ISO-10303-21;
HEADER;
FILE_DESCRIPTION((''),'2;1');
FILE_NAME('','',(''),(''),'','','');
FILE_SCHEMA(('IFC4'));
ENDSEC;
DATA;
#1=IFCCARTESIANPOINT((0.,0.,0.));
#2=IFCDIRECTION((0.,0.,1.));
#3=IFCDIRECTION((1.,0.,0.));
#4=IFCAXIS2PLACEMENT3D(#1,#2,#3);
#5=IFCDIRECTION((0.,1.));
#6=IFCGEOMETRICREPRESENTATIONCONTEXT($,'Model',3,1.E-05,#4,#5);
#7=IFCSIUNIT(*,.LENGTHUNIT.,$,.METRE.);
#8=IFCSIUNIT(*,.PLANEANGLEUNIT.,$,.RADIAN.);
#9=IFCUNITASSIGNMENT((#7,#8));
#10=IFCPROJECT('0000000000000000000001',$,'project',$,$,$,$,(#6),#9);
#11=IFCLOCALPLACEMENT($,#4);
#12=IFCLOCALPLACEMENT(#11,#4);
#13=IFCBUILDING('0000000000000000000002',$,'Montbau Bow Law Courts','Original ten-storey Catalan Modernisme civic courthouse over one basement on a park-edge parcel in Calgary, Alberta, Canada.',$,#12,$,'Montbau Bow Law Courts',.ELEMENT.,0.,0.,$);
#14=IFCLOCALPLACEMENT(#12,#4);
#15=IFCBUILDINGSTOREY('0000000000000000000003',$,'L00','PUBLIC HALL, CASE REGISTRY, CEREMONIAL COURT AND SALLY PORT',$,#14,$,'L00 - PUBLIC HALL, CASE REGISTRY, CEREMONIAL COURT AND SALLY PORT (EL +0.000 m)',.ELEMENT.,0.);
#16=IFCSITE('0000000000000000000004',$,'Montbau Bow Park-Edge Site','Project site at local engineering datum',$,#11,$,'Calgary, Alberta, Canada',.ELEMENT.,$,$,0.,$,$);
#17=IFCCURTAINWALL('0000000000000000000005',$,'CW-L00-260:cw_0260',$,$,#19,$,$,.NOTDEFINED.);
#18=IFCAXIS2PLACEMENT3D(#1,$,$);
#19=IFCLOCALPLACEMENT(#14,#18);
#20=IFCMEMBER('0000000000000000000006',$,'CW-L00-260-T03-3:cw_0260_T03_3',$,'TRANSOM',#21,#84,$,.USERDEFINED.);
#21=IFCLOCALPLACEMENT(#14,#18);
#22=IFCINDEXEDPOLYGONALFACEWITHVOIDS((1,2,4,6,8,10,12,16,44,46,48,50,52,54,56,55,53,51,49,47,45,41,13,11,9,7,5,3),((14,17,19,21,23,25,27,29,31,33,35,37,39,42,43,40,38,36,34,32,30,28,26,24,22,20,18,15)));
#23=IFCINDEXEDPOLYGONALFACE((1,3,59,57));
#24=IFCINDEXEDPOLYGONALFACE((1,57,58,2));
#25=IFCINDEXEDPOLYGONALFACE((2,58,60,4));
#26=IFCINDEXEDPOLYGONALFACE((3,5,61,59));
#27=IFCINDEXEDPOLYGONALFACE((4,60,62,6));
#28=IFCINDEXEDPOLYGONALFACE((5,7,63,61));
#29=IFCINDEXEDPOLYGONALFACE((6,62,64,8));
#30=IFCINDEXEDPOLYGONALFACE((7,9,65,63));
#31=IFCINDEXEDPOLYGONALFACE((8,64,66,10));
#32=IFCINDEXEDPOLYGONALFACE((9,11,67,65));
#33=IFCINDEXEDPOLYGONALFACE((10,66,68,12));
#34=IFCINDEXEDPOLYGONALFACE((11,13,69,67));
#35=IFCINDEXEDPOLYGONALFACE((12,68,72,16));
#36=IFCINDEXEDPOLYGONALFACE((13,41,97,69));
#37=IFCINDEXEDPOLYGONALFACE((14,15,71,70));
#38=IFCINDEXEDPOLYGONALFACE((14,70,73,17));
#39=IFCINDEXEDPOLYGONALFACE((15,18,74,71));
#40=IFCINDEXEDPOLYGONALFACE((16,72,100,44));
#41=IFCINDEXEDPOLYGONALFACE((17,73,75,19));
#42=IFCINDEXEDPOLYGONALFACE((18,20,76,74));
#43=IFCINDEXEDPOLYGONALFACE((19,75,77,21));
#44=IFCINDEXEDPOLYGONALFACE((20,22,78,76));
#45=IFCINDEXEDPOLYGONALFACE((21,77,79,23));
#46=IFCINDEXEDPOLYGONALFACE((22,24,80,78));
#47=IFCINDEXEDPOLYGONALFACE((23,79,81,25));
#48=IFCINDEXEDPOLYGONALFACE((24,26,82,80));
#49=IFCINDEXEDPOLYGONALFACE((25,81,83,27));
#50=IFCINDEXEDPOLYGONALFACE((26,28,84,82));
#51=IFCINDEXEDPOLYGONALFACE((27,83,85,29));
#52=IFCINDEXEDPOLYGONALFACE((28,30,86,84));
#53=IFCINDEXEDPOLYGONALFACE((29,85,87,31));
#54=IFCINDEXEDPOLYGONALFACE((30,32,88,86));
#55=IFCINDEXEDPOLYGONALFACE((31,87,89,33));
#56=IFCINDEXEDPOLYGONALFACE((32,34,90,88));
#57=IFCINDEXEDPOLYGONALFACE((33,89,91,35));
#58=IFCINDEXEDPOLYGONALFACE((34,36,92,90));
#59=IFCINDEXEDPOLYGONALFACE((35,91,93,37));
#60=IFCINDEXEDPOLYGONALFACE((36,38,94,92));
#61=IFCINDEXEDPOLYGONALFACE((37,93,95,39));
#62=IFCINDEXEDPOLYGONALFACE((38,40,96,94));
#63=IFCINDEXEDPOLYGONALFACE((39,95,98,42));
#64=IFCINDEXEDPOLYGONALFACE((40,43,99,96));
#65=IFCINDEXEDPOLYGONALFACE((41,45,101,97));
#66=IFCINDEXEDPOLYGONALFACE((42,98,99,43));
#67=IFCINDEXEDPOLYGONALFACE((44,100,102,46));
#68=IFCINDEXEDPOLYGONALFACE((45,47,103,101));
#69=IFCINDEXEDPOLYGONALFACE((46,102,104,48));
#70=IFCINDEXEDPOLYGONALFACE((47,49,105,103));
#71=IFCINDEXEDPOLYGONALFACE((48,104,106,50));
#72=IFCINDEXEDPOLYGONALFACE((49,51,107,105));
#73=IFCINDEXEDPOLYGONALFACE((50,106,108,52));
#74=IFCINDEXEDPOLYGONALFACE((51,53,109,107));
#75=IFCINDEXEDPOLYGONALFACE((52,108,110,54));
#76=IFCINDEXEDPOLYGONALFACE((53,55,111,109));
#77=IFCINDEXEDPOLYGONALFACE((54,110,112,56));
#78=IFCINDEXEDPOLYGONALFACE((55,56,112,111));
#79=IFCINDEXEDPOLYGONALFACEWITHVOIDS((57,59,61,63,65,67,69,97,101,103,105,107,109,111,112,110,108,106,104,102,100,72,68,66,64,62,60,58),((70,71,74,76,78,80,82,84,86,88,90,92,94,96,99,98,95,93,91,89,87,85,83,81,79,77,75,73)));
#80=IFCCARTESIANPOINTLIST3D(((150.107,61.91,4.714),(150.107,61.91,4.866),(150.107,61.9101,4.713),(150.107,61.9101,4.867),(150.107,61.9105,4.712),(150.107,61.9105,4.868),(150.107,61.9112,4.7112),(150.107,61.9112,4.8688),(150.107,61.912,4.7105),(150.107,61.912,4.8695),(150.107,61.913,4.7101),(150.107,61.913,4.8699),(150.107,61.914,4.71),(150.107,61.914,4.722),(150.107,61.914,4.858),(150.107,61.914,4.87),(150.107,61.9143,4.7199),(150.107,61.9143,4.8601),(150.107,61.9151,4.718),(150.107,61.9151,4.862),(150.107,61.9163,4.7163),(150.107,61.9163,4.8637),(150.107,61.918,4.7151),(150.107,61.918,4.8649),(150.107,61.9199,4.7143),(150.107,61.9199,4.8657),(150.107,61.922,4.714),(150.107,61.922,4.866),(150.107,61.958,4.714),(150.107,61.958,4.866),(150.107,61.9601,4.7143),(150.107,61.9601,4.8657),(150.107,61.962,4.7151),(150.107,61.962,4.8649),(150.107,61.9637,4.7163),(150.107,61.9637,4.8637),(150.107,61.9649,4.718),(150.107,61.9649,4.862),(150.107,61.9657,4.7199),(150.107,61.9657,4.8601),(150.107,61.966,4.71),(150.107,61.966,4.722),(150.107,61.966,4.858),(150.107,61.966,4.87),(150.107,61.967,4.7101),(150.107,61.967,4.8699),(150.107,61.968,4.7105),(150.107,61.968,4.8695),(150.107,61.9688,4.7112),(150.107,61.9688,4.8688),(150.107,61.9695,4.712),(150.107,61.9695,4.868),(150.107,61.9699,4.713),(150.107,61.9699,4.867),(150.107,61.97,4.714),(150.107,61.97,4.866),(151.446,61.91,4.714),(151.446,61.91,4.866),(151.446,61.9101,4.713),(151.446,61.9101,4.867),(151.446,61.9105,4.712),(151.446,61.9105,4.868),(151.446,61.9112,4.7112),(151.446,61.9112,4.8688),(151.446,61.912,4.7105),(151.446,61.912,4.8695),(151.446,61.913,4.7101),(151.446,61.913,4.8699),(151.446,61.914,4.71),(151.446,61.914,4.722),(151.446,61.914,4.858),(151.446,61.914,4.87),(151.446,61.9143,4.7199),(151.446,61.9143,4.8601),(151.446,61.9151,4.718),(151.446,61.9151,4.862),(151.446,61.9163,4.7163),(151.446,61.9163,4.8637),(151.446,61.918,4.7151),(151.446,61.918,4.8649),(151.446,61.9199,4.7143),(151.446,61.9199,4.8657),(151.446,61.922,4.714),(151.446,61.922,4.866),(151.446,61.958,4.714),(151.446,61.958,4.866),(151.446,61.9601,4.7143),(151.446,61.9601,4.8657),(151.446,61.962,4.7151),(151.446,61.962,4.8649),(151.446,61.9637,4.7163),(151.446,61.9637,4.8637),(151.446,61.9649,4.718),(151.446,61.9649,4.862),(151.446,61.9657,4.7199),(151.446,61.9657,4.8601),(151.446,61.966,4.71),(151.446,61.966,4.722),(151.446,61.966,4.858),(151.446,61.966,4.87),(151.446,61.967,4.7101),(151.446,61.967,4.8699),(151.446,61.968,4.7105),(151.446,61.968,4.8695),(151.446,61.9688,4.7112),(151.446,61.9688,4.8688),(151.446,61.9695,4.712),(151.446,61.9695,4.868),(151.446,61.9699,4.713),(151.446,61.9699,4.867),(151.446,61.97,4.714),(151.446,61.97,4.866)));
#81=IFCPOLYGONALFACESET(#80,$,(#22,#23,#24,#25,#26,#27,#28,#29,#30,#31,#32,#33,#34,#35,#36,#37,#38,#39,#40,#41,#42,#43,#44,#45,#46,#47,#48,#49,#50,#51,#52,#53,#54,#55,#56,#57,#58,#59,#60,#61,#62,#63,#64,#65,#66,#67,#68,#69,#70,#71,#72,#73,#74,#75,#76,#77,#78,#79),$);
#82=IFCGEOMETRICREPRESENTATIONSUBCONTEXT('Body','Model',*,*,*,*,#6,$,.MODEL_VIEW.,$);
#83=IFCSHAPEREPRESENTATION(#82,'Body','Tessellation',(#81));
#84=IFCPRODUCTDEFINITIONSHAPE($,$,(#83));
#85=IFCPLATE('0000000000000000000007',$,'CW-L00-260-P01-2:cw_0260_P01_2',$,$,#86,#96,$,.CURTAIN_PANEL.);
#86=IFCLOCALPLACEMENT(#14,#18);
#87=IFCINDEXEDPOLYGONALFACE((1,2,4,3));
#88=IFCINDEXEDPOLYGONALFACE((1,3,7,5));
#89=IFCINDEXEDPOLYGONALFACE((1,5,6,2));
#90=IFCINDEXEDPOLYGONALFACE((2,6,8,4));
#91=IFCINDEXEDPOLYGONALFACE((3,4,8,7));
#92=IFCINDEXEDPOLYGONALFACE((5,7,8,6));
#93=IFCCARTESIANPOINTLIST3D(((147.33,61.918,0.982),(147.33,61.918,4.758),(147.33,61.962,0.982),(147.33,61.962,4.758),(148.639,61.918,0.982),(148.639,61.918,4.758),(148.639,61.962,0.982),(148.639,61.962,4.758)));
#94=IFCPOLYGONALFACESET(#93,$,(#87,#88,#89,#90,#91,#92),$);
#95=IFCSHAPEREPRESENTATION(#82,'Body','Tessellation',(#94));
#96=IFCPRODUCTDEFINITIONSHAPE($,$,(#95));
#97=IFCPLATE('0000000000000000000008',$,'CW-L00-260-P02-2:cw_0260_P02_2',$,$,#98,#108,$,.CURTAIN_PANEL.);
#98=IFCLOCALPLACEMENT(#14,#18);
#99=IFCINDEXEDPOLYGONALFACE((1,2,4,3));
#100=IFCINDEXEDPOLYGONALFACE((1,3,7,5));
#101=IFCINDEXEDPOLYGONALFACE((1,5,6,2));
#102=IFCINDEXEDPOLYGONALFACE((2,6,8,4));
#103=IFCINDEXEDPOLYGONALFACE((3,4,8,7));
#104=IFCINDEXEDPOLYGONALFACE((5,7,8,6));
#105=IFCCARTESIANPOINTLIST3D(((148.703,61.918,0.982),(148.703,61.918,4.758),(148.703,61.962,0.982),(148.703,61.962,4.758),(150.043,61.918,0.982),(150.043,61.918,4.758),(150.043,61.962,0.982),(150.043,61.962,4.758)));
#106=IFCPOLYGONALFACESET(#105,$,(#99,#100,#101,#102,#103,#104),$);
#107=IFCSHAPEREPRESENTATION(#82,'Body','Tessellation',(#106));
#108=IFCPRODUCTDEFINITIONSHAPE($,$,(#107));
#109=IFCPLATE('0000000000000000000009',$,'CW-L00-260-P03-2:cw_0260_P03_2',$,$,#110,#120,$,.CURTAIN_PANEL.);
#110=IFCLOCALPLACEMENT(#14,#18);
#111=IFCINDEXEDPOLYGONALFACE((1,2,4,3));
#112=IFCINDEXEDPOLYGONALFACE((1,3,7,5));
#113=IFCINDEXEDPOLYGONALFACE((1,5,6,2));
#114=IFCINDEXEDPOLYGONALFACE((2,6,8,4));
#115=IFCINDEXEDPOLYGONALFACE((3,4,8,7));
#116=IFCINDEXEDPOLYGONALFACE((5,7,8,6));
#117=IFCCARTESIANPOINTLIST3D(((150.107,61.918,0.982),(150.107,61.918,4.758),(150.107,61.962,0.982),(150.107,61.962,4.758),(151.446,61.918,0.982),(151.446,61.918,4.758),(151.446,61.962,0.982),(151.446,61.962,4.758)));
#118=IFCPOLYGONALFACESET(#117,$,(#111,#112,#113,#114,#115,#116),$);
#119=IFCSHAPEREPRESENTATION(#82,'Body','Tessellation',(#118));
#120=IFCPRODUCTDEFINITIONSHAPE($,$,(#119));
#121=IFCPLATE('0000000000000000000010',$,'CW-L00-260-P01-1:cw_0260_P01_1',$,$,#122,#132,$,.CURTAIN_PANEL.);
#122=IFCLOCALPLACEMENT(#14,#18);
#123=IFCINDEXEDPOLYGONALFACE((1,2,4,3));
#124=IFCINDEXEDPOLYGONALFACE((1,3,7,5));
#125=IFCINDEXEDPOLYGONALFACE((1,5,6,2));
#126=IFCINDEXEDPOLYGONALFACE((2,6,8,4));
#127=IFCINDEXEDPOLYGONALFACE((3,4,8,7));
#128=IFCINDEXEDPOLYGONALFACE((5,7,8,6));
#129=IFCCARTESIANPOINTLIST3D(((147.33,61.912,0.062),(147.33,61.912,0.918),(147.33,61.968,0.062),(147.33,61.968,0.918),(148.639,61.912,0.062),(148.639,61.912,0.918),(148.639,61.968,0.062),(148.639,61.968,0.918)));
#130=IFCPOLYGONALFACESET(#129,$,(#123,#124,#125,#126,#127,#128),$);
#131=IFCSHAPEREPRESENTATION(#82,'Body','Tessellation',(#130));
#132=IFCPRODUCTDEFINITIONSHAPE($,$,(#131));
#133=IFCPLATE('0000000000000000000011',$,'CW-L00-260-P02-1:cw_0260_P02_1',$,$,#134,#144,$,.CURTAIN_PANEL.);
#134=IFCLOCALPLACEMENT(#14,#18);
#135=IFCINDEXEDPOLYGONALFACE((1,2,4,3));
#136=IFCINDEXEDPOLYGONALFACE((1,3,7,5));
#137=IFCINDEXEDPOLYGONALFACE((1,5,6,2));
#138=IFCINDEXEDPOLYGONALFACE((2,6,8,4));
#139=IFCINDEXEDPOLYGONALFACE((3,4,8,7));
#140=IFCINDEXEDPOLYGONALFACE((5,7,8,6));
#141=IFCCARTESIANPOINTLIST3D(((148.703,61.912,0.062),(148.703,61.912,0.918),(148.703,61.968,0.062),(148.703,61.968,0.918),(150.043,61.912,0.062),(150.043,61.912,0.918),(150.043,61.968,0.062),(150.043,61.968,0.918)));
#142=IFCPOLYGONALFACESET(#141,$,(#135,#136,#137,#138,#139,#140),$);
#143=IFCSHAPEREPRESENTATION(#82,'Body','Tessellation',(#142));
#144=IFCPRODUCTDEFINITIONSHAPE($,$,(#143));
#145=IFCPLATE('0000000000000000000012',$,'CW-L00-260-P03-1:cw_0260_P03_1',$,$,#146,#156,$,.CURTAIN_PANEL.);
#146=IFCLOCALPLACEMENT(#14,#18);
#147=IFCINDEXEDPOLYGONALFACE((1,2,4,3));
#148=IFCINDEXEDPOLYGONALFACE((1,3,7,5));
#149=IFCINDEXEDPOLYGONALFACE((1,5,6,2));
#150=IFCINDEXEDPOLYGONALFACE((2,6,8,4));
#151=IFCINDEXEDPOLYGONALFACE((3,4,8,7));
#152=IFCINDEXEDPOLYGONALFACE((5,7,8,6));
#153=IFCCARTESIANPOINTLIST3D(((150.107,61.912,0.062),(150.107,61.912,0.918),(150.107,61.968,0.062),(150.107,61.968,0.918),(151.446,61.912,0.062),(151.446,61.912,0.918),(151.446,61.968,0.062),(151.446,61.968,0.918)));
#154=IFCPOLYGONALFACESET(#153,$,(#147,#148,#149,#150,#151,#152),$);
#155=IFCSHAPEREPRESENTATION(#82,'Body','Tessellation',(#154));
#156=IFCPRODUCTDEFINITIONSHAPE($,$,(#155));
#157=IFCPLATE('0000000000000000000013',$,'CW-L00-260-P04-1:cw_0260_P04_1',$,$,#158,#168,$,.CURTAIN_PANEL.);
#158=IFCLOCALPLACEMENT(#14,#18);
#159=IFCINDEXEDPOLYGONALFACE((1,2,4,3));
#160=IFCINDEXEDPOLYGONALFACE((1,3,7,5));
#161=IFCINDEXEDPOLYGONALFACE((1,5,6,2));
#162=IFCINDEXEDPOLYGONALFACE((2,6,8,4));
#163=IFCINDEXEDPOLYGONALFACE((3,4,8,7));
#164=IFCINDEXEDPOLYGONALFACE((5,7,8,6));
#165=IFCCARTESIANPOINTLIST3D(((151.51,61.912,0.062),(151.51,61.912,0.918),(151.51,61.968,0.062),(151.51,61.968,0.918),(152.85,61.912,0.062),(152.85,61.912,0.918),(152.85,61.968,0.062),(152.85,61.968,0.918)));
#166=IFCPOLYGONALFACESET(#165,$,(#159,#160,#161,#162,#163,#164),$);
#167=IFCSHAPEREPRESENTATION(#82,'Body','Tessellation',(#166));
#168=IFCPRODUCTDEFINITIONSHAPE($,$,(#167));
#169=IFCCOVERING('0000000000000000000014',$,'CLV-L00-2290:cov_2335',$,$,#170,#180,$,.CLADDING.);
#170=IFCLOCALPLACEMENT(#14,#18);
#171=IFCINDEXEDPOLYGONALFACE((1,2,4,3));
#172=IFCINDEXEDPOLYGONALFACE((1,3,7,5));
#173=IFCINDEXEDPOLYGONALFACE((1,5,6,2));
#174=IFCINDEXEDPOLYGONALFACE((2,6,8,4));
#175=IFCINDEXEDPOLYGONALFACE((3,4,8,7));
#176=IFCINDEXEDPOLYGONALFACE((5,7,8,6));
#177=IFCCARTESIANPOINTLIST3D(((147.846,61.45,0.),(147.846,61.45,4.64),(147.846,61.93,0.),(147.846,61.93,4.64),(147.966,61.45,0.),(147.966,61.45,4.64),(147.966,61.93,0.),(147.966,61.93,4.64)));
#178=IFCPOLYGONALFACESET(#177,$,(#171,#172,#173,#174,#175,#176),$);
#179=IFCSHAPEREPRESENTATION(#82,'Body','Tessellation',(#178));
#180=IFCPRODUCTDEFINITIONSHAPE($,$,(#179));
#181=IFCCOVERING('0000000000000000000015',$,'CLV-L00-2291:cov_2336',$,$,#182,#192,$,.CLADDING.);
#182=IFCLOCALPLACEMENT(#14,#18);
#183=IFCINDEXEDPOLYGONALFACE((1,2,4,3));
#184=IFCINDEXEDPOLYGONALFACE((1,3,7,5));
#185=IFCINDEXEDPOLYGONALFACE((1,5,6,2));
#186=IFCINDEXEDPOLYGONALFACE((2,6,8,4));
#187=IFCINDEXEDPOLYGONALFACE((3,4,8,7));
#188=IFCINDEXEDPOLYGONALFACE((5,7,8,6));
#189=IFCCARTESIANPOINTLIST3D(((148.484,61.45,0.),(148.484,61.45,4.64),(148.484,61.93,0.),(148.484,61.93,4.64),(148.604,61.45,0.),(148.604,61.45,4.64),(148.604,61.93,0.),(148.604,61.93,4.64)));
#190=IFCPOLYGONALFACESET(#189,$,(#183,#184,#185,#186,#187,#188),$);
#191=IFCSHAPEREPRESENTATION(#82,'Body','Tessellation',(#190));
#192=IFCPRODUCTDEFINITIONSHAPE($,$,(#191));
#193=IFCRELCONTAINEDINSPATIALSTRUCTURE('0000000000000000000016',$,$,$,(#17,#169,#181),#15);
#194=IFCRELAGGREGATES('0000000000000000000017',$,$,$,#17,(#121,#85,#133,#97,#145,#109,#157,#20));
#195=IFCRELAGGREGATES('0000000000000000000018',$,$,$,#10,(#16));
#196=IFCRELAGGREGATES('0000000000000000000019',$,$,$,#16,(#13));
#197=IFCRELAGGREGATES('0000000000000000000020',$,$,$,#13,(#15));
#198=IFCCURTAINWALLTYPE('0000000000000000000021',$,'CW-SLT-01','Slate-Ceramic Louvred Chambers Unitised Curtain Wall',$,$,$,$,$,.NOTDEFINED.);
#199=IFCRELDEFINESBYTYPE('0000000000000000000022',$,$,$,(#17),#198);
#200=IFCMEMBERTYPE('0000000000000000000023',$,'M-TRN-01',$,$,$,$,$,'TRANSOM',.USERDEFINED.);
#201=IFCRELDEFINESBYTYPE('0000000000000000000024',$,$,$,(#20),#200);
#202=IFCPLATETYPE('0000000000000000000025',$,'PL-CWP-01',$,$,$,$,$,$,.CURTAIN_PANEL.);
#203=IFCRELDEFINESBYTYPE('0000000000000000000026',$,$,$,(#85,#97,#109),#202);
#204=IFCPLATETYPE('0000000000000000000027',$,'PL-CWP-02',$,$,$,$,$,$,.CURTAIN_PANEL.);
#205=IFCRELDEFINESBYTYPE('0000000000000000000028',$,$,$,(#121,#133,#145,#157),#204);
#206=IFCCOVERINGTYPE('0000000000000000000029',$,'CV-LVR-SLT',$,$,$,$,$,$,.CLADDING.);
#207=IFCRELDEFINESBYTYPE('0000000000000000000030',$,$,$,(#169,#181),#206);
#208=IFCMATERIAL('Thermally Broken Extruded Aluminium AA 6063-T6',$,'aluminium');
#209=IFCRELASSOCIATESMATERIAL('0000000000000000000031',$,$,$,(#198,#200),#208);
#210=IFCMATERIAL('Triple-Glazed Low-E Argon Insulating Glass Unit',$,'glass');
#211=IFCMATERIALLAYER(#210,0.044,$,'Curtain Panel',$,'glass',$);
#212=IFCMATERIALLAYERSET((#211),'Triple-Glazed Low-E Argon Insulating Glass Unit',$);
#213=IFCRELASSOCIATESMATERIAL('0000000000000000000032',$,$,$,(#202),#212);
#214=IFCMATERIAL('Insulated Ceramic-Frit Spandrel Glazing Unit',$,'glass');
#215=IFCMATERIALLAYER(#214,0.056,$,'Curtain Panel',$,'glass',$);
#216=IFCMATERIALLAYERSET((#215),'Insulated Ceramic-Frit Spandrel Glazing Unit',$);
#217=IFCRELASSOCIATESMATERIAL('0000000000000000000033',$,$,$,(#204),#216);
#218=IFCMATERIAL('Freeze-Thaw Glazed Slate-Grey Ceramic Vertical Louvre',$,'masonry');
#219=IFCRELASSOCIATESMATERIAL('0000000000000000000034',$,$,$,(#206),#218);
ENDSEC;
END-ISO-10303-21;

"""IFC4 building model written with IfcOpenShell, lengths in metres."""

from ifc_helpers import new_model, si_unit, direction, frame, frame_2d, origin_with_axes, origin_2d_with_axis, place, context, subcontext, project, spatial, rectangle, hollow_rectangle, extrude, material, layer, layer_set, material_profile, profile_set, type_object, element, aggregate, save


model = new_model("IFC4")

# Units and contexts
model_context = context("Model", 3, precision=1e-05, world=origin_with_axes(), true_north=direction((0.0, 1.0)))
body_context = subcontext(model_context, "Body", "Model", "MODEL_VIEW")
ifc_project = project(units=[si_unit("LENGTHUNIT", "METRE"), si_unit("PLANEANGLEUNIT", "RADIAN")], contexts=[model_context])

# Site, building, storey
site_placement = place(None, origin_with_axes())
site = spatial("IfcSite", under=ifc_project, at=site_placement, Name="Montbau Bow Park-Edge Site", Description="Project site at local engineering datum", LongName="Calgary, Alberta, Canada", CompositionType="ELEMENT", RefElevation=0.0)
building_placement = place(site_placement, origin_with_axes())
building = spatial("IfcBuilding", under=site, at=building_placement, Name="Montbau Bow Law Courts", Description="Original ten-storey Catalan Modernisme civic courthouse over one basement on a park-edge parcel in Calgary, Alberta, Canada.", LongName="Montbau Bow Law Courts", CompositionType="ELEMENT", ElevationOfRefHeight=0.0, ElevationOfTerrain=0.0)
storey_placement = place(building_placement, origin_with_axes())
storey = spatial("IfcBuildingStorey", under=building, at=storey_placement, Name="L00", Description="PUBLIC HALL, CASE REGISTRY, CEREMONIAL COURT AND SALLY PORT", LongName="L00 - PUBLIC HALL, CASE REGISTRY, CEREMONIAL COURT AND SALLY PORT (EL +0.000 m)", CompositionType="ELEMENT", Elevation=0.0)

# Curtain wall, member, plates
ifc_material_1 = material(Name="Thermally Broken Extruded Aluminium AA 6063-T6", Category="aluminium")
curtain_wall_type = type_object("IfcCurtainWallType", Name="CW-SLT-01", Description="Slate-Ceramic Louvred Chambers Unitised Curtain Wall", PredefinedType="NOTDEFINED", material=ifc_material_1)
curtain_wall_placement = place(None, frame((147.268, 61.94, 0.0), z_axis=(0.0, 0.0, 1.0), x_axis=(1.0, 0.0, 0.0)))
curtain_wall = element("IfcCurtainWall", 1, at=curtain_wall_placement, inside=storey, type_object=curtain_wall_type, Name="CW-L00-260:cw_0260", PredefinedType="NOTDEFINED")
ifc_material_profile_1 = material_profile(ifc_material_1, hollow_rectangle(XDim=0.06, YDim=0.16, WallThickness=0.004, InnerFilletRadius=0.008, OuterFilletRadius=0.004, at=origin_2d_with_axis()), Name="CWT-160X60", Category="Main", Priority=0)
ifc_profile_set_1 = profile_set([ifc_material_profile_1], Name="Thermally Broken Extruded Aluminium AA 6063-T6")
member_type_1 = type_object("IfcMemberType", Name="M-TRN-01", ElementType="TRANSOM", PredefinedType="USERDEFINED", material=ifc_profile_set_1)
member_1_placement = place(None, frame((150.107, 61.94, 4.79), z_axis=(1.0, 0.0, 0.0), x_axis=(0.0, 1.0, 0.0)))
member_1 = element("IfcMember", 2, at=member_1_placement, type_object=member_type_1, Name="CW-L00-260-T03-3:cw_0260_T03_3", ObjectType="TRANSOM", PredefinedType="USERDEFINED", context=body_context, shape_type="SweptSolid", body=[
    extrude(hollow_rectangle(XDim=0.06, YDim=0.16, WallThickness=0.004, InnerFilletRadius=0.008, OuterFilletRadius=0.004, at=origin_2d_with_axis()), origin_with_axes(), (0.0, 0.0, 1.0), 1.339),
])
ifc_material_2 = material(Name="Triple-Glazed Low-E Argon Insulating Glass Unit", Category="glass")
ifc_layer_1 = layer(ifc_material_2, 0.044, Name="Curtain Panel", Category="glass")
ifc_layer_set_1 = layer_set([ifc_layer_1], Name="Triple-Glazed Low-E Argon Insulating Glass Unit")
plate_type_1 = type_object("IfcPlateType", Name="PL-CWP-01", PredefinedType="CURTAIN_PANEL", material=ifc_layer_set_1)
plate_1_placement = place(None, frame((147.33, 61.94, 0.982), z_axis=(0.0, -1.0, 0.0), x_axis=(1.0, 0.0, 0.0)))
plate_1 = element("IfcPlate", 3, at=plate_1_placement, type_object=plate_type_1, Name="CW-L00-260-P01-2:cw_0260_P01_2", PredefinedType="CURTAIN_PANEL", context=body_context, shape_type="SweptSolid", body=[
    extrude(rectangle(XDim=1.309, YDim=3.776, at=frame_2d((0.6545, 1.888), x_axis=(1.0, 0.0))), frame((0.0, 0.0, -0.022), z_axis=(0.0, 0.0, 1.0), x_axis=(1.0, 0.0, 0.0)), (0.0, 0.0, 1.0), 0.044),
])
plate_2_placement = place(None, frame((148.703, 61.94, 0.982), z_axis=(0.0, -1.0, 0.0), x_axis=(1.0, 0.0, 0.0)))
plate_2 = element("IfcPlate", 4, at=plate_2_placement, type_object=plate_type_1, Name="CW-L00-260-P02-2:cw_0260_P02_2", PredefinedType="CURTAIN_PANEL", context=body_context, shape_type="SweptSolid", body=[
    extrude(rectangle(XDim=1.34, YDim=3.776, at=frame_2d((0.67, 1.888), x_axis=(1.0, 0.0))), frame((0.0, 0.0, -0.022), z_axis=(0.0, 0.0, 1.0), x_axis=(1.0, 0.0, 0.0)), (0.0, 0.0, 1.0), 0.044),
])
plate_3_placement = place(None, frame((150.107, 61.94, 0.982), z_axis=(0.0, -1.0, 0.0), x_axis=(1.0, 0.0, 0.0)))
plate_3 = element("IfcPlate", 5, at=plate_3_placement, type_object=plate_type_1, Name="CW-L00-260-P03-2:cw_0260_P03_2", PredefinedType="CURTAIN_PANEL", context=body_context, shape_type="SweptSolid", body=[
    extrude(rectangle(XDim=1.339, YDim=3.776, at=frame_2d((0.6695, 1.888), x_axis=(1.0, 0.0))), frame((0.0, 0.0, -0.022), z_axis=(0.0, 0.0, 1.0), x_axis=(1.0, 0.0, 0.0)), (0.0, 0.0, 1.0), 0.044),
])
ifc_material_3 = material(Name="Insulated Ceramic-Frit Spandrel Glazing Unit", Category="glass")
ifc_layer_2 = layer(ifc_material_3, 0.056, Name="Curtain Panel", Category="glass")
ifc_layer_set_2 = layer_set([ifc_layer_2], Name="Insulated Ceramic-Frit Spandrel Glazing Unit")
plate_type_2 = type_object("IfcPlateType", Name="PL-CWP-02", PredefinedType="CURTAIN_PANEL", material=ifc_layer_set_2)
plate_4_placement = place(None, frame((147.33, 61.94, 0.062), z_axis=(0.0, -1.0, 0.0), x_axis=(1.0, 0.0, 0.0)))
plate_4 = element("IfcPlate", 6, at=plate_4_placement, type_object=plate_type_2, Name="CW-L00-260-P01-1:cw_0260_P01_1", PredefinedType="CURTAIN_PANEL", context=body_context, shape_type="SweptSolid", body=[
    extrude(rectangle(XDim=1.309, YDim=0.856, at=frame_2d((0.6545, 0.428), x_axis=(1.0, 0.0))), frame((0.0, 0.0, -0.028), z_axis=(0.0, 0.0, 1.0), x_axis=(1.0, 0.0, 0.0)), (0.0, 0.0, 1.0), 0.056),
])
plate_5_placement = place(None, frame((148.703, 61.94, 0.062), z_axis=(0.0, -1.0, 0.0), x_axis=(1.0, 0.0, 0.0)))
plate_5 = element("IfcPlate", 7, at=plate_5_placement, type_object=plate_type_2, Name="CW-L00-260-P02-1:cw_0260_P02_1", PredefinedType="CURTAIN_PANEL", context=body_context, shape_type="SweptSolid", body=[
    extrude(rectangle(XDim=1.34, YDim=0.856, at=frame_2d((0.67, 0.428), x_axis=(1.0, 0.0))), frame((0.0, 0.0, -0.028), z_axis=(0.0, 0.0, 1.0), x_axis=(1.0, 0.0, 0.0)), (0.0, 0.0, 1.0), 0.056),
])
plate_6_placement = place(None, frame((150.107, 61.94, 0.062), z_axis=(0.0, -1.0, 0.0), x_axis=(1.0, 0.0, 0.0)))
plate_6 = element("IfcPlate", 8, at=plate_6_placement, type_object=plate_type_2, Name="CW-L00-260-P03-1:cw_0260_P03_1", PredefinedType="CURTAIN_PANEL", context=body_context, shape_type="SweptSolid", body=[
    extrude(rectangle(XDim=1.339, YDim=0.856, at=frame_2d((0.6695, 0.428), x_axis=(1.0, 0.0))), frame((0.0, 0.0, -0.028), z_axis=(0.0, 0.0, 1.0), x_axis=(1.0, 0.0, 0.0)), (0.0, 0.0, 1.0), 0.056),
])
plate_7_placement = place(None, frame((151.51, 61.94, 0.062), z_axis=(0.0, -1.0, 0.0), x_axis=(1.0, 0.0, 0.0)))
plate_7 = element("IfcPlate", 9, at=plate_7_placement, type_object=plate_type_2, Name="CW-L00-260-P04-1:cw_0260_P04_1", PredefinedType="CURTAIN_PANEL", context=body_context, shape_type="SweptSolid", body=[
    extrude(rectangle(XDim=1.34, YDim=0.856, at=frame_2d((0.67, 0.428), x_axis=(1.0, 0.0))), frame((0.0, 0.0, -0.028), z_axis=(0.0, 0.0, 1.0), x_axis=(1.0, 0.0, 0.0)), (0.0, 0.0, 1.0), 0.056),
])
aggregate(curtain_wall, [plate_4, plate_1, plate_5, plate_2, plate_6, plate_3, plate_7, member_1])

# Coverings
ifc_material_4 = material(Name="Freeze-Thaw Glazed Slate-Grey Ceramic Vertical Louvre", Category="masonry")
covering_type = type_object("IfcCoveringType", Name="CV-LVR-SLT", PredefinedType="CLADDING", material=ifc_material_4)
for number, where, z_axis, x_axis, name in (
    (10, (147.906, 61.93, 0.0), (-1.0, 0.0, 0.0), (0.0, -1.0, 0.0), "CLV-L00-2290:cov_2335"),
    (11, (148.544, 61.93, 0.0), (-1.0, 0.0, 0.0), (0.0, -1.0, 0.0), "CLV-L00-2291:cov_2336"),
):
    element("IfcCovering", number, at=place(None, frame(where, z_axis=z_axis, x_axis=x_axis)), inside=storey, type_object=covering_type, Name=name, PredefinedType="CLADDING", context=body_context, shape_type="SweptSolid", body=[
        extrude(rectangle(XDim=0.48, YDim=4.64, at=frame_2d((0.24, 2.32), x_axis=(1.0, 0.0))), frame((0.0, 0.0, -0.06), z_axis=(0.0, 0.0, 1.0), x_axis=(1.0, 0.0, 0.0)), (0.0, 0.0, 1.0), 0.12),
    ])

save(model, "model.ifc")
